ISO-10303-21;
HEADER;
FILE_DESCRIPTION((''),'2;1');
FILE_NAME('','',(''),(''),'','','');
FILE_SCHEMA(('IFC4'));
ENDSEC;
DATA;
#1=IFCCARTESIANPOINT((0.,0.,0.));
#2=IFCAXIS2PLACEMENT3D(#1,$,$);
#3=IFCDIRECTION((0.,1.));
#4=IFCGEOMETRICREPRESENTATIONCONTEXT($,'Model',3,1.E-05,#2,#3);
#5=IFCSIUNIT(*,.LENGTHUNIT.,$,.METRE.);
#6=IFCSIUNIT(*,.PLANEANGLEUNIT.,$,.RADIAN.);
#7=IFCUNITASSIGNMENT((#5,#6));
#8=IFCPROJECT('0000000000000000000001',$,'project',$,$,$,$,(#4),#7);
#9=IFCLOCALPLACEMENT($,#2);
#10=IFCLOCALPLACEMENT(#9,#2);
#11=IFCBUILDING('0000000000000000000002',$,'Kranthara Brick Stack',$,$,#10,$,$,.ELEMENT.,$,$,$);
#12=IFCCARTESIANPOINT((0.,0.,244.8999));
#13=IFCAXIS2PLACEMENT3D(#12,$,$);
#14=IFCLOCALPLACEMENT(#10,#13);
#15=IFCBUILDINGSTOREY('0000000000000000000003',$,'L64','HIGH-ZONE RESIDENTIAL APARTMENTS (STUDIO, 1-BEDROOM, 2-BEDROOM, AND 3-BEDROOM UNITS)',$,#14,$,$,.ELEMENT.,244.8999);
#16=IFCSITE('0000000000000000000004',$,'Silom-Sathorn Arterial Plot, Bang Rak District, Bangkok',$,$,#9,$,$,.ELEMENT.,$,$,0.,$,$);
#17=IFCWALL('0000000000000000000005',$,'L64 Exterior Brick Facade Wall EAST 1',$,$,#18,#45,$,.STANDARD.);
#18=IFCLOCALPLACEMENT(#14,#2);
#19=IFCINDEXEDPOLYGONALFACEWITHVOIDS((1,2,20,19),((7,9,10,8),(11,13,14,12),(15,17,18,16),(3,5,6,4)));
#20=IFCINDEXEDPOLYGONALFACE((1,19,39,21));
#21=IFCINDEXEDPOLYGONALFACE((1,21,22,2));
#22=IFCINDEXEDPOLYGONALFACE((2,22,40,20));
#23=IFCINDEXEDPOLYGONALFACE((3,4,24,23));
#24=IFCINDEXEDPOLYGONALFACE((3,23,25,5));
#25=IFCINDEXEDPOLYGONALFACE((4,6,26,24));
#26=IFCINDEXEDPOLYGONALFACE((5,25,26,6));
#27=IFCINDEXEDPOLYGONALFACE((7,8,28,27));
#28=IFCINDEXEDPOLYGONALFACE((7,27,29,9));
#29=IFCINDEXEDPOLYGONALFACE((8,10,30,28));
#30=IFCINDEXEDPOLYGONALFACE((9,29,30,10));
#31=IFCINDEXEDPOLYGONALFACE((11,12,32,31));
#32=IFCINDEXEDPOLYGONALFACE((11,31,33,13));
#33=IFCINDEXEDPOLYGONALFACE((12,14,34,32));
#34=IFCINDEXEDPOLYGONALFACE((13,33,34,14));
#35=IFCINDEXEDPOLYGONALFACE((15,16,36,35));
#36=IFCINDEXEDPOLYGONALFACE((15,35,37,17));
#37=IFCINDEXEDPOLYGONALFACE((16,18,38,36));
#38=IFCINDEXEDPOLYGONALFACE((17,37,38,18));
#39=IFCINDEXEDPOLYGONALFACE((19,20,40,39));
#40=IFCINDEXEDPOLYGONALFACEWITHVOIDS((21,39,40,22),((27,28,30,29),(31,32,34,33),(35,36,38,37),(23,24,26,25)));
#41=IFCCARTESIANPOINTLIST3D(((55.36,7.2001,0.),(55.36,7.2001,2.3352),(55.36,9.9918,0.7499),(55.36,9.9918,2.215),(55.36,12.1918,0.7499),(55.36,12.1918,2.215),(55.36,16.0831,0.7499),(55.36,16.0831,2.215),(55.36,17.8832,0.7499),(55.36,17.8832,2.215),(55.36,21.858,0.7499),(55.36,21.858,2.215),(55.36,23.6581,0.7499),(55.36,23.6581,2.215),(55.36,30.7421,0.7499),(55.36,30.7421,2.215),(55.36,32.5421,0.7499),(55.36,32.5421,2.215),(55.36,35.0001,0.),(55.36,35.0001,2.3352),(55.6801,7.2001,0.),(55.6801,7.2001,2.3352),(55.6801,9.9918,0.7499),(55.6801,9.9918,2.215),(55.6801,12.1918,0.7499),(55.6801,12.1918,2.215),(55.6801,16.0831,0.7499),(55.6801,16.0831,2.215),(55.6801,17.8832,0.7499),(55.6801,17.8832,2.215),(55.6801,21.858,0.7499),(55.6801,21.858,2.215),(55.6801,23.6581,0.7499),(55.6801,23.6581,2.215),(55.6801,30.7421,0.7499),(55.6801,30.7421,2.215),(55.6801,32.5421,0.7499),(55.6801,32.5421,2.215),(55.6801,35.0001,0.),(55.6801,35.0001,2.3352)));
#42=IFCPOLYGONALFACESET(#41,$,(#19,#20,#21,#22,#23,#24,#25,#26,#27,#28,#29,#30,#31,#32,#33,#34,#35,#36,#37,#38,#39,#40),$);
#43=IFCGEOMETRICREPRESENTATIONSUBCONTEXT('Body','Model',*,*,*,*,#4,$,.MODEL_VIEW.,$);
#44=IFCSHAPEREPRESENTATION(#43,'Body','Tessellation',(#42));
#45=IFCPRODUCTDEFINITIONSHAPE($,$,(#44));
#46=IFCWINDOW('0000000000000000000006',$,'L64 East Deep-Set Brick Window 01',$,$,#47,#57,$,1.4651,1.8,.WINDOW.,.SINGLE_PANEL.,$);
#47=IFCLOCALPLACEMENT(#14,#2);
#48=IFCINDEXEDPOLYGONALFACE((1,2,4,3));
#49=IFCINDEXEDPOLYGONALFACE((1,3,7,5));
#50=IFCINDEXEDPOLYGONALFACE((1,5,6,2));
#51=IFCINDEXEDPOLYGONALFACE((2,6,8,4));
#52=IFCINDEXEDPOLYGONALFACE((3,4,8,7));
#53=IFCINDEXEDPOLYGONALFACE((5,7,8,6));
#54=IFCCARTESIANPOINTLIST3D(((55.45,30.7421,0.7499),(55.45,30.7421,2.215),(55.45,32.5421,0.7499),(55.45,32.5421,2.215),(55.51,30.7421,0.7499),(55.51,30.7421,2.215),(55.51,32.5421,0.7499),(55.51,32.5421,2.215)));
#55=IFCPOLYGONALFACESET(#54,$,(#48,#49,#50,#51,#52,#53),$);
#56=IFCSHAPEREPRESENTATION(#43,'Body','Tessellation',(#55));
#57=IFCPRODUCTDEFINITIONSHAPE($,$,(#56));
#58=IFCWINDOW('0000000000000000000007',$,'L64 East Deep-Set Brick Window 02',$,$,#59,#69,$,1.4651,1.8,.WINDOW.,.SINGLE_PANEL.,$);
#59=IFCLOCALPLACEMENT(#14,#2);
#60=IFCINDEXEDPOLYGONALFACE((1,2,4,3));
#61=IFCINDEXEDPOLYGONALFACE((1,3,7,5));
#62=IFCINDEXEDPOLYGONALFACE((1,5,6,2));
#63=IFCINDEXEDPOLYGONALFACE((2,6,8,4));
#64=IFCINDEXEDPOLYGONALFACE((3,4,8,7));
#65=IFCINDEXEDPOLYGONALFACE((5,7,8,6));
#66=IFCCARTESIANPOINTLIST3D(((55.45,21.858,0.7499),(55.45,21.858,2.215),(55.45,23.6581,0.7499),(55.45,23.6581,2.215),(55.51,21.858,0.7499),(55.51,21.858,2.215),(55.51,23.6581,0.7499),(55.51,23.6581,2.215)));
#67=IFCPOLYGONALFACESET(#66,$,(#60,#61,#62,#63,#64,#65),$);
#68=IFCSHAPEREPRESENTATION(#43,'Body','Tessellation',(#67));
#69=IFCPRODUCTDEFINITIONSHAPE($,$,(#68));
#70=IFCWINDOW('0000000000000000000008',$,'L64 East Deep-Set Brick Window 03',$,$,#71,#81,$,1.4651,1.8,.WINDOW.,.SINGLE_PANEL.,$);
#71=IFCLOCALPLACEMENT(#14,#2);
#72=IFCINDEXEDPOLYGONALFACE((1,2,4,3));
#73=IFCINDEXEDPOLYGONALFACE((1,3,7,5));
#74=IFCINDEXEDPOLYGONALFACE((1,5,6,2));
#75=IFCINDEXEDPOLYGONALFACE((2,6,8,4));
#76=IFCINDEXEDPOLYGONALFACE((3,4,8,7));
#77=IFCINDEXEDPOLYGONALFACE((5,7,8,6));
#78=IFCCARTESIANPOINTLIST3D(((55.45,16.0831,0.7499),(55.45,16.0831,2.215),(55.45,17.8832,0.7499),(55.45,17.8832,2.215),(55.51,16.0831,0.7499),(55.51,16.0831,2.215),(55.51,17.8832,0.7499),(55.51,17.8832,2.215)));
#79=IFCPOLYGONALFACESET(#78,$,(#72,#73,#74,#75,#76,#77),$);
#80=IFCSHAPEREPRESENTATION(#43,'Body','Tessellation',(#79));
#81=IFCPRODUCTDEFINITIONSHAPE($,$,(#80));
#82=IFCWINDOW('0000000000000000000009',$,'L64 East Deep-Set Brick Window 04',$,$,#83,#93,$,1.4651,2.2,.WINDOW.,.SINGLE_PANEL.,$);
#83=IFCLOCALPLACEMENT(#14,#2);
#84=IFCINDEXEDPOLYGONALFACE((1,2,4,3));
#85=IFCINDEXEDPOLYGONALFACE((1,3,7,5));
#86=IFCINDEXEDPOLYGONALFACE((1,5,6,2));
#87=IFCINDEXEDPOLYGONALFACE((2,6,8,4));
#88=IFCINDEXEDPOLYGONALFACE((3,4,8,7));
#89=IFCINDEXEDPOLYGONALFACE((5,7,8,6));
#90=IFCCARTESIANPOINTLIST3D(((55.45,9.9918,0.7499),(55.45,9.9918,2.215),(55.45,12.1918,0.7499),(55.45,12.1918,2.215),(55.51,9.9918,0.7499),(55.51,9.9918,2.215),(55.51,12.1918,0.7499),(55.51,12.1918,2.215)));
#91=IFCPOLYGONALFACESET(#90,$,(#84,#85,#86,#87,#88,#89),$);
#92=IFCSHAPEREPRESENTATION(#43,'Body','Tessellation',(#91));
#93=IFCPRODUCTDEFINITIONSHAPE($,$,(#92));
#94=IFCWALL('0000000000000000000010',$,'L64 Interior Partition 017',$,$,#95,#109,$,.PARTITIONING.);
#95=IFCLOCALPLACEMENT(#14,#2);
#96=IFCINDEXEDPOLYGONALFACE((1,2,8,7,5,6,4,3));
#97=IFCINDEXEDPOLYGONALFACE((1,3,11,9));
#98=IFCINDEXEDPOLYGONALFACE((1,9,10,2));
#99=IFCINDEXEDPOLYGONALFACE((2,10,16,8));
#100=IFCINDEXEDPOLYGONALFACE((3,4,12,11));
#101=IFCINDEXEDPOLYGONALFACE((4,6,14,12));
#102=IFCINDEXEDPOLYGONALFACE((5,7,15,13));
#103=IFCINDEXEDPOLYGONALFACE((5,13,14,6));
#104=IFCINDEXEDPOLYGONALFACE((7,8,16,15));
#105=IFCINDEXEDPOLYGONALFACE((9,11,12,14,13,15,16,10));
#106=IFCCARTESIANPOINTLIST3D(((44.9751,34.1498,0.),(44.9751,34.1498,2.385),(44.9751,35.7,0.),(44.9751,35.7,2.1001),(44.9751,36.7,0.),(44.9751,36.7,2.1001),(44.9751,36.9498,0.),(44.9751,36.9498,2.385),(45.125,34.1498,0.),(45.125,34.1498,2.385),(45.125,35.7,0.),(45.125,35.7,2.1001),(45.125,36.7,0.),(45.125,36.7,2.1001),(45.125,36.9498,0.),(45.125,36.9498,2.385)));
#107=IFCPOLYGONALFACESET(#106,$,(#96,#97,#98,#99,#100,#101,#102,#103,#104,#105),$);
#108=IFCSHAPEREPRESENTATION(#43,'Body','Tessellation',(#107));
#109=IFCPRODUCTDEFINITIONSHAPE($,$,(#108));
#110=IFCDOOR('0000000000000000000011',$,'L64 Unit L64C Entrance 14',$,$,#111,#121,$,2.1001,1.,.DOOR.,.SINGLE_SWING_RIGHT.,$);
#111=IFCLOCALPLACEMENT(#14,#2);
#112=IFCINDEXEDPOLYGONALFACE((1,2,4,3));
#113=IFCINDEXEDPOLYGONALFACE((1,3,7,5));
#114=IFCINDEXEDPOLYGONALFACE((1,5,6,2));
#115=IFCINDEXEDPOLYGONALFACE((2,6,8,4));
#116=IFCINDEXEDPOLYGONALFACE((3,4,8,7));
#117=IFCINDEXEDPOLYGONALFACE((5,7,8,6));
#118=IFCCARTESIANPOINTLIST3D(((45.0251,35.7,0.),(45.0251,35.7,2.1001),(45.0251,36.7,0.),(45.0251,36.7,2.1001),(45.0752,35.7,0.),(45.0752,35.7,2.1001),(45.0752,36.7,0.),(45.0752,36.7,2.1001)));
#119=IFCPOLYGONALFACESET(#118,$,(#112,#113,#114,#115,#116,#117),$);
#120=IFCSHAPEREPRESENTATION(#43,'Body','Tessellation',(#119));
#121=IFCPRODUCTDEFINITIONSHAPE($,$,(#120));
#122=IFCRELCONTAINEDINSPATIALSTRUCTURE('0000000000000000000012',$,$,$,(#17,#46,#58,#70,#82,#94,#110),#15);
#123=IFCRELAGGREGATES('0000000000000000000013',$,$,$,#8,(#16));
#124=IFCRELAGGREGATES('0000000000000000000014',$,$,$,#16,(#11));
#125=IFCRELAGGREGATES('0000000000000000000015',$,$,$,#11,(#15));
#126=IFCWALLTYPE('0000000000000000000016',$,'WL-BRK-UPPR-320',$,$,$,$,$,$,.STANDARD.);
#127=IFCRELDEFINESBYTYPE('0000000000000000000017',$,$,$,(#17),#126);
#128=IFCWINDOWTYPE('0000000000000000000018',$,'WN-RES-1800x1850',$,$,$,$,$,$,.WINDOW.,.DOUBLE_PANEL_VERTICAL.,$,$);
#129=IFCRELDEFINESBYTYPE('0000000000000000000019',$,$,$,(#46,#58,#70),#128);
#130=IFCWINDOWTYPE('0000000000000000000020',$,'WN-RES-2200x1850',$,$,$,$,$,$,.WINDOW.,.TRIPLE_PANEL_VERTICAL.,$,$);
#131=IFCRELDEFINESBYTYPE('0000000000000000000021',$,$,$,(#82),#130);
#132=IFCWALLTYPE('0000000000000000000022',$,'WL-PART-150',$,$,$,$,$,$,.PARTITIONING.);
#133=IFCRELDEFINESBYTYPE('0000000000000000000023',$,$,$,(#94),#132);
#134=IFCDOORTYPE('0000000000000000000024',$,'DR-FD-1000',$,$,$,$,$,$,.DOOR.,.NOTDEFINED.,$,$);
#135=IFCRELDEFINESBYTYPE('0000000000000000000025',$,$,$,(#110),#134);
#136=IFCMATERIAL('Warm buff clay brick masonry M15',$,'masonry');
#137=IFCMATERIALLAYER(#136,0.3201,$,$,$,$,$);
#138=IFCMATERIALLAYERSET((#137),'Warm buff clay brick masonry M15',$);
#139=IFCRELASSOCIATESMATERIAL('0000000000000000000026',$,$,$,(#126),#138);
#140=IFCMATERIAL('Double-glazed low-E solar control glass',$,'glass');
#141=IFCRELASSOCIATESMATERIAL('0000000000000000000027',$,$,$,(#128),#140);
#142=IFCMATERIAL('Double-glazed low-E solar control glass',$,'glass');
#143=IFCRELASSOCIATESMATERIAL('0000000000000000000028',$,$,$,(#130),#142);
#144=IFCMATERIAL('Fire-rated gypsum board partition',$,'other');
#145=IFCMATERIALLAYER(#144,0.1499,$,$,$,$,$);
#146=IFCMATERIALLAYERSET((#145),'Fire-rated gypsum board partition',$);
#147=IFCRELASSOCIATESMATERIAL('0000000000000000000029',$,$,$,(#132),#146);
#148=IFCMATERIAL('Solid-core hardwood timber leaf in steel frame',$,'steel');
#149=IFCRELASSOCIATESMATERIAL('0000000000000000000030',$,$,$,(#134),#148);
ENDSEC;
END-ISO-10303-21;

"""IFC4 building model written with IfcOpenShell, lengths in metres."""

from ifc_helpers import new_model, si_unit, direction, frame, frame_2d, origin, place, context, subcontext, project, spatial, rectangle, extrude, material, layer, layer_set, type_object, element, fill, save


model = new_model("IFC4")

# Units and contexts
model_context = context("Model", 3, precision=1e-05, world=origin(), true_north=direction((0.0, 1.0)))
body_context = subcontext(model_context, "Body", "Model", "MODEL_VIEW")
ifc_project = project(units=[si_unit("LENGTHUNIT", "METRE"), si_unit("PLANEANGLEUNIT", "RADIAN")], contexts=[model_context])

# Site, building, storey
site_placement = place(None, origin())
site = spatial("IfcSite", under=ifc_project, at=site_placement, Name="Silom-Sathorn Arterial Plot, Bang Rak District, Bangkok", CompositionType="ELEMENT", RefElevation=0.0)
building_placement = place(site_placement, origin())
building = spatial("IfcBuilding", under=site, at=building_placement, Name="Kranthara Brick Stack", CompositionType="ELEMENT")
storey_placement = place(building_placement, frame((0.0, 0.0, 244.8999)))
storey = spatial("IfcBuildingStorey", under=building, at=storey_placement, Name="L64", Description="HIGH-ZONE RESIDENTIAL APARTMENTS (STUDIO, 1-BEDROOM, 2-BEDROOM, AND 3-BEDROOM UNITS)", CompositionType="ELEMENT", Elevation=244.8999)

# Shared definitions
ifc_material_1 = material(Name="Warm buff clay brick masonry M15", Category="masonry")
ifc_layer_1 = layer(ifc_material_1, 0.3201)
ifc_layer_set_1 = layer_set([ifc_layer_1], Name="Warm buff clay brick masonry M15")
wall_type_1 = type_object("IfcWallType", Name="WL-BRK-UPPR-320", PredefinedType="STANDARD", material=ifc_layer_set_1)

# Wall, openings, windows
wall_1_placement = place(storey_placement, frame((55.52, 35.0, 0.0), z_axis=(0.0, 0.0, 1.0), x_axis=(0.0, -1.0, 0.0)))
wall_1 = element("IfcWall", 1, at=wall_1_placement, inside=storey, type_object=wall_type_1, Name="L64 Exterior Brick Facade Wall EAST 1", PredefinedType="STANDARD", context=body_context, shape_type="SweptSolid", body=[
    extrude(rectangle(XDim=27.8, YDim=0.3201, at=frame_2d((13.8999, 0.0))), origin(), (0.0, 0.0, 1.0), 2.3352),
])
opening_1_placement = place(wall_1_placement, frame((2.458, 0.0, 0.75)))
opening_1 = element("IfcOpeningElement", 2, at=opening_1_placement, cuts=wall_1, PredefinedType="OPENING", context=body_context, shape_type="SweptSolid", body=[
    extrude(rectangle(XDim=1.8, YDim=1.4651, at=frame_2d((0.8999, 0.7324))), frame((0.0, 0.1699, 0.0), z_axis=(0.0, -1.0, 0.0), x_axis=(1.0, 0.0, 0.0)), (0.0, 0.0, 1.0), 0.3401),
])
opening_2_placement = place(wall_1_placement, frame((11.342, 0.0, 0.75)))
opening_2 = element("IfcOpeningElement", 3, at=opening_2_placement, cuts=wall_1, PredefinedType="OPENING", context=body_context, shape_type="SweptSolid", body=[
    extrude(rectangle(XDim=1.8, YDim=1.4651, at=frame_2d((0.8999, 0.7324))), frame((0.0, 0.1699, 0.0), z_axis=(0.0, -1.0, 0.0), x_axis=(1.0, 0.0, 0.0)), (0.0, 0.0, 1.0), 0.3401),
])
opening_3_placement = place(wall_1_placement, frame((17.1169, 0.0, 0.75)))
opening_3 = element("IfcOpeningElement", 4, at=opening_3_placement, cuts=wall_1, PredefinedType="OPENING", context=body_context, shape_type="SweptSolid", body=[
    extrude(rectangle(XDim=1.8, YDim=1.4651, at=frame_2d((0.8999, 0.7324))), frame((0.0, 0.1699, 0.0), z_axis=(0.0, -1.0, 0.0), x_axis=(1.0, 0.0, 0.0)), (0.0, 0.0, 1.0), 0.3401),
])
opening_4_placement = place(wall_1_placement, frame((22.8081, 0.0, 0.75)))
opening_4 = element("IfcOpeningElement", 5, at=opening_4_placement, cuts=wall_1, PredefinedType="OPENING", context=body_context, shape_type="SweptSolid", body=[
    extrude(rectangle(XDim=2.2, YDim=1.4651, at=frame_2d((1.1001, 0.7324))), frame((0.0, 0.1699, 0.0), z_axis=(0.0, -1.0, 0.0), x_axis=(1.0, 0.0, 0.0)), (0.0, 0.0, 1.0), 0.3401),
])
ifc_material_2 = material(Name="Double-glazed low-E solar control glass", Category="glass")
window_type_1 = type_object("IfcWindowType", Name="WN-RES-1800x1850", PartitioningType="DOUBLE_PANEL_VERTICAL", PredefinedType="WINDOW", material=ifc_material_2)
window_1_placement = place(opening_1_placement, origin())
window_1 = element("IfcWindow", 6, at=window_1_placement, inside=storey, type_object=window_type_1, Name="L64 East Deep-Set Brick Window 01", OverallHeight=1.4651, OverallWidth=1.8, PartitioningType="SINGLE_PANEL", PredefinedType="WINDOW", context=body_context, shape_type="SweptSolid", body=[
    extrude(rectangle(XDim=1.8, YDim=1.4651, at=frame_2d((0.8999, 0.7324))), frame((0.0, -0.01, 0.0), z_axis=(0.0, -1.0, 0.0), x_axis=(1.0, 0.0, 0.0)), (0.0, 0.0, 1.0), 0.0601),
])
fill(opening_1, window_1)
window_2_placement = place(opening_2_placement, origin())
window_2 = element("IfcWindow", 7, at=window_2_placement, inside=storey, type_object=window_type_1, Name="L64 East Deep-Set Brick Window 02", OverallHeight=1.4651, OverallWidth=1.8, PartitioningType="SINGLE_PANEL", PredefinedType="WINDOW", context=body_context, shape_type="SweptSolid", body=[
    extrude(rectangle(XDim=1.8, YDim=1.4651, at=frame_2d((0.8999, 0.7324))), frame((0.0, -0.01, 0.0), z_axis=(0.0, -1.0, 0.0), x_axis=(1.0, 0.0, 0.0)), (0.0, 0.0, 1.0), 0.0601),
])
fill(opening_2, window_2)
window_3_placement = place(opening_3_placement, origin())
window_3 = element("IfcWindow", 8, at=window_3_placement, inside=storey, type_object=window_type_1, Name="L64 East Deep-Set Brick Window 03", OverallHeight=1.4651, OverallWidth=1.8, PartitioningType="SINGLE_PANEL", PredefinedType="WINDOW", context=body_context, shape_type="SweptSolid", body=[
    extrude(rectangle(XDim=1.8, YDim=1.4651, at=frame_2d((0.8999, 0.7324))), frame((0.0, -0.01, 0.0), z_axis=(0.0, -1.0, 0.0), x_axis=(1.0, 0.0, 0.0)), (0.0, 0.0, 1.0), 0.0601),
])
fill(opening_3, window_3)
ifc_material_3 = material(Name="Double-glazed low-E solar control glass", Category="glass")
window_type_2 = type_object("IfcWindowType", Name="WN-RES-2200x1850", PartitioningType="TRIPLE_PANEL_VERTICAL", PredefinedType="WINDOW", material=ifc_material_3)
window_4_placement = place(opening_4_placement, origin())
window_4 = element("IfcWindow", 9, at=window_4_placement, inside=storey, type_object=window_type_2, Name="L64 East Deep-Set Brick Window 04", OverallHeight=1.4651, OverallWidth=2.2, PartitioningType="SINGLE_PANEL", PredefinedType="WINDOW", context=body_context, shape_type="SweptSolid", body=[
    extrude(rectangle(XDim=2.2, YDim=1.4651, at=frame_2d((1.1001, 0.7324))), frame((0.0, -0.01, 0.0), z_axis=(0.0, -1.0, 0.0), x_axis=(1.0, 0.0, 0.0)), (0.0, 0.0, 1.0), 0.0601),
])
fill(opening_4, window_4)

# Wall, opening, door
ifc_material_4 = material(Name="Fire-rated gypsum board partition", Category="other")
ifc_layer_2 = layer(ifc_material_4, 0.1499)
ifc_layer_set_2 = layer_set([ifc_layer_2], Name="Fire-rated gypsum board partition")
wall_type_2 = type_object("IfcWallType", Name="WL-PART-150", PredefinedType="PARTITIONING", material=ifc_layer_set_2)
wall_2_placement = place(storey_placement, frame((45.05, 34.1499, 0.0), z_axis=(0.0, 0.0, 1.0), x_axis=(0.0, 1.0, 0.0)))
wall_2 = element("IfcWall", 10, at=wall_2_placement, inside=storey, type_object=wall_type_2, Name="L64 Interior Partition 017", PredefinedType="PARTITIONING", context=body_context, shape_type="SweptSolid", body=[
    extrude(rectangle(XDim=2.8, YDim=0.1499, at=frame_2d((1.3999, 0.0))), origin(), (0.0, 0.0, 1.0), 2.385),
])
opening_5_placement = place(wall_2_placement, frame((1.55, 0.0, 0.0)))
opening_5 = element("IfcOpeningElement", 11, at=opening_5_placement, cuts=wall_2, PredefinedType="OPENING", context=body_context, shape_type="SweptSolid", body=[
    extrude(rectangle(XDim=1.0, YDim=2.1001, at=frame_2d((0.5, 1.05))), frame((0.0, 0.085, 0.0), z_axis=(0.0, -1.0, 0.0), x_axis=(1.0, 0.0, 0.0)), (0.0, 0.0, 1.0), 0.1699),
])
ifc_material_5 = material(Name="Solid-core hardwood timber leaf in steel frame", Category="steel")
door_type = type_object("IfcDoorType", Name="DR-FD-1000", OperationType="NOTDEFINED", PredefinedType="DOOR", material=ifc_material_5)
door_placement = place(opening_5_placement, origin())
door = element("IfcDoor", 12, at=door_placement, inside=storey, type_object=door_type, Name="L64 Unit L64C Entrance 14", OperationType="SINGLE_SWING_RIGHT", OverallHeight=2.1001, OverallWidth=1.0, PredefinedType="DOOR", context=body_context, shape_type="SweptSolid", body=[
    extrude(rectangle(XDim=1.0, YDim=2.1001, at=frame_2d((0.5, 1.05))), frame((0.0, 0.0249, 0.0), z_axis=(0.0, -1.0, 0.0), x_axis=(1.0, 0.0, 0.0)), (0.0, 0.0, 1.0), 0.05),
])
fill(opening_5, door)

save(model, "model.ifc")
